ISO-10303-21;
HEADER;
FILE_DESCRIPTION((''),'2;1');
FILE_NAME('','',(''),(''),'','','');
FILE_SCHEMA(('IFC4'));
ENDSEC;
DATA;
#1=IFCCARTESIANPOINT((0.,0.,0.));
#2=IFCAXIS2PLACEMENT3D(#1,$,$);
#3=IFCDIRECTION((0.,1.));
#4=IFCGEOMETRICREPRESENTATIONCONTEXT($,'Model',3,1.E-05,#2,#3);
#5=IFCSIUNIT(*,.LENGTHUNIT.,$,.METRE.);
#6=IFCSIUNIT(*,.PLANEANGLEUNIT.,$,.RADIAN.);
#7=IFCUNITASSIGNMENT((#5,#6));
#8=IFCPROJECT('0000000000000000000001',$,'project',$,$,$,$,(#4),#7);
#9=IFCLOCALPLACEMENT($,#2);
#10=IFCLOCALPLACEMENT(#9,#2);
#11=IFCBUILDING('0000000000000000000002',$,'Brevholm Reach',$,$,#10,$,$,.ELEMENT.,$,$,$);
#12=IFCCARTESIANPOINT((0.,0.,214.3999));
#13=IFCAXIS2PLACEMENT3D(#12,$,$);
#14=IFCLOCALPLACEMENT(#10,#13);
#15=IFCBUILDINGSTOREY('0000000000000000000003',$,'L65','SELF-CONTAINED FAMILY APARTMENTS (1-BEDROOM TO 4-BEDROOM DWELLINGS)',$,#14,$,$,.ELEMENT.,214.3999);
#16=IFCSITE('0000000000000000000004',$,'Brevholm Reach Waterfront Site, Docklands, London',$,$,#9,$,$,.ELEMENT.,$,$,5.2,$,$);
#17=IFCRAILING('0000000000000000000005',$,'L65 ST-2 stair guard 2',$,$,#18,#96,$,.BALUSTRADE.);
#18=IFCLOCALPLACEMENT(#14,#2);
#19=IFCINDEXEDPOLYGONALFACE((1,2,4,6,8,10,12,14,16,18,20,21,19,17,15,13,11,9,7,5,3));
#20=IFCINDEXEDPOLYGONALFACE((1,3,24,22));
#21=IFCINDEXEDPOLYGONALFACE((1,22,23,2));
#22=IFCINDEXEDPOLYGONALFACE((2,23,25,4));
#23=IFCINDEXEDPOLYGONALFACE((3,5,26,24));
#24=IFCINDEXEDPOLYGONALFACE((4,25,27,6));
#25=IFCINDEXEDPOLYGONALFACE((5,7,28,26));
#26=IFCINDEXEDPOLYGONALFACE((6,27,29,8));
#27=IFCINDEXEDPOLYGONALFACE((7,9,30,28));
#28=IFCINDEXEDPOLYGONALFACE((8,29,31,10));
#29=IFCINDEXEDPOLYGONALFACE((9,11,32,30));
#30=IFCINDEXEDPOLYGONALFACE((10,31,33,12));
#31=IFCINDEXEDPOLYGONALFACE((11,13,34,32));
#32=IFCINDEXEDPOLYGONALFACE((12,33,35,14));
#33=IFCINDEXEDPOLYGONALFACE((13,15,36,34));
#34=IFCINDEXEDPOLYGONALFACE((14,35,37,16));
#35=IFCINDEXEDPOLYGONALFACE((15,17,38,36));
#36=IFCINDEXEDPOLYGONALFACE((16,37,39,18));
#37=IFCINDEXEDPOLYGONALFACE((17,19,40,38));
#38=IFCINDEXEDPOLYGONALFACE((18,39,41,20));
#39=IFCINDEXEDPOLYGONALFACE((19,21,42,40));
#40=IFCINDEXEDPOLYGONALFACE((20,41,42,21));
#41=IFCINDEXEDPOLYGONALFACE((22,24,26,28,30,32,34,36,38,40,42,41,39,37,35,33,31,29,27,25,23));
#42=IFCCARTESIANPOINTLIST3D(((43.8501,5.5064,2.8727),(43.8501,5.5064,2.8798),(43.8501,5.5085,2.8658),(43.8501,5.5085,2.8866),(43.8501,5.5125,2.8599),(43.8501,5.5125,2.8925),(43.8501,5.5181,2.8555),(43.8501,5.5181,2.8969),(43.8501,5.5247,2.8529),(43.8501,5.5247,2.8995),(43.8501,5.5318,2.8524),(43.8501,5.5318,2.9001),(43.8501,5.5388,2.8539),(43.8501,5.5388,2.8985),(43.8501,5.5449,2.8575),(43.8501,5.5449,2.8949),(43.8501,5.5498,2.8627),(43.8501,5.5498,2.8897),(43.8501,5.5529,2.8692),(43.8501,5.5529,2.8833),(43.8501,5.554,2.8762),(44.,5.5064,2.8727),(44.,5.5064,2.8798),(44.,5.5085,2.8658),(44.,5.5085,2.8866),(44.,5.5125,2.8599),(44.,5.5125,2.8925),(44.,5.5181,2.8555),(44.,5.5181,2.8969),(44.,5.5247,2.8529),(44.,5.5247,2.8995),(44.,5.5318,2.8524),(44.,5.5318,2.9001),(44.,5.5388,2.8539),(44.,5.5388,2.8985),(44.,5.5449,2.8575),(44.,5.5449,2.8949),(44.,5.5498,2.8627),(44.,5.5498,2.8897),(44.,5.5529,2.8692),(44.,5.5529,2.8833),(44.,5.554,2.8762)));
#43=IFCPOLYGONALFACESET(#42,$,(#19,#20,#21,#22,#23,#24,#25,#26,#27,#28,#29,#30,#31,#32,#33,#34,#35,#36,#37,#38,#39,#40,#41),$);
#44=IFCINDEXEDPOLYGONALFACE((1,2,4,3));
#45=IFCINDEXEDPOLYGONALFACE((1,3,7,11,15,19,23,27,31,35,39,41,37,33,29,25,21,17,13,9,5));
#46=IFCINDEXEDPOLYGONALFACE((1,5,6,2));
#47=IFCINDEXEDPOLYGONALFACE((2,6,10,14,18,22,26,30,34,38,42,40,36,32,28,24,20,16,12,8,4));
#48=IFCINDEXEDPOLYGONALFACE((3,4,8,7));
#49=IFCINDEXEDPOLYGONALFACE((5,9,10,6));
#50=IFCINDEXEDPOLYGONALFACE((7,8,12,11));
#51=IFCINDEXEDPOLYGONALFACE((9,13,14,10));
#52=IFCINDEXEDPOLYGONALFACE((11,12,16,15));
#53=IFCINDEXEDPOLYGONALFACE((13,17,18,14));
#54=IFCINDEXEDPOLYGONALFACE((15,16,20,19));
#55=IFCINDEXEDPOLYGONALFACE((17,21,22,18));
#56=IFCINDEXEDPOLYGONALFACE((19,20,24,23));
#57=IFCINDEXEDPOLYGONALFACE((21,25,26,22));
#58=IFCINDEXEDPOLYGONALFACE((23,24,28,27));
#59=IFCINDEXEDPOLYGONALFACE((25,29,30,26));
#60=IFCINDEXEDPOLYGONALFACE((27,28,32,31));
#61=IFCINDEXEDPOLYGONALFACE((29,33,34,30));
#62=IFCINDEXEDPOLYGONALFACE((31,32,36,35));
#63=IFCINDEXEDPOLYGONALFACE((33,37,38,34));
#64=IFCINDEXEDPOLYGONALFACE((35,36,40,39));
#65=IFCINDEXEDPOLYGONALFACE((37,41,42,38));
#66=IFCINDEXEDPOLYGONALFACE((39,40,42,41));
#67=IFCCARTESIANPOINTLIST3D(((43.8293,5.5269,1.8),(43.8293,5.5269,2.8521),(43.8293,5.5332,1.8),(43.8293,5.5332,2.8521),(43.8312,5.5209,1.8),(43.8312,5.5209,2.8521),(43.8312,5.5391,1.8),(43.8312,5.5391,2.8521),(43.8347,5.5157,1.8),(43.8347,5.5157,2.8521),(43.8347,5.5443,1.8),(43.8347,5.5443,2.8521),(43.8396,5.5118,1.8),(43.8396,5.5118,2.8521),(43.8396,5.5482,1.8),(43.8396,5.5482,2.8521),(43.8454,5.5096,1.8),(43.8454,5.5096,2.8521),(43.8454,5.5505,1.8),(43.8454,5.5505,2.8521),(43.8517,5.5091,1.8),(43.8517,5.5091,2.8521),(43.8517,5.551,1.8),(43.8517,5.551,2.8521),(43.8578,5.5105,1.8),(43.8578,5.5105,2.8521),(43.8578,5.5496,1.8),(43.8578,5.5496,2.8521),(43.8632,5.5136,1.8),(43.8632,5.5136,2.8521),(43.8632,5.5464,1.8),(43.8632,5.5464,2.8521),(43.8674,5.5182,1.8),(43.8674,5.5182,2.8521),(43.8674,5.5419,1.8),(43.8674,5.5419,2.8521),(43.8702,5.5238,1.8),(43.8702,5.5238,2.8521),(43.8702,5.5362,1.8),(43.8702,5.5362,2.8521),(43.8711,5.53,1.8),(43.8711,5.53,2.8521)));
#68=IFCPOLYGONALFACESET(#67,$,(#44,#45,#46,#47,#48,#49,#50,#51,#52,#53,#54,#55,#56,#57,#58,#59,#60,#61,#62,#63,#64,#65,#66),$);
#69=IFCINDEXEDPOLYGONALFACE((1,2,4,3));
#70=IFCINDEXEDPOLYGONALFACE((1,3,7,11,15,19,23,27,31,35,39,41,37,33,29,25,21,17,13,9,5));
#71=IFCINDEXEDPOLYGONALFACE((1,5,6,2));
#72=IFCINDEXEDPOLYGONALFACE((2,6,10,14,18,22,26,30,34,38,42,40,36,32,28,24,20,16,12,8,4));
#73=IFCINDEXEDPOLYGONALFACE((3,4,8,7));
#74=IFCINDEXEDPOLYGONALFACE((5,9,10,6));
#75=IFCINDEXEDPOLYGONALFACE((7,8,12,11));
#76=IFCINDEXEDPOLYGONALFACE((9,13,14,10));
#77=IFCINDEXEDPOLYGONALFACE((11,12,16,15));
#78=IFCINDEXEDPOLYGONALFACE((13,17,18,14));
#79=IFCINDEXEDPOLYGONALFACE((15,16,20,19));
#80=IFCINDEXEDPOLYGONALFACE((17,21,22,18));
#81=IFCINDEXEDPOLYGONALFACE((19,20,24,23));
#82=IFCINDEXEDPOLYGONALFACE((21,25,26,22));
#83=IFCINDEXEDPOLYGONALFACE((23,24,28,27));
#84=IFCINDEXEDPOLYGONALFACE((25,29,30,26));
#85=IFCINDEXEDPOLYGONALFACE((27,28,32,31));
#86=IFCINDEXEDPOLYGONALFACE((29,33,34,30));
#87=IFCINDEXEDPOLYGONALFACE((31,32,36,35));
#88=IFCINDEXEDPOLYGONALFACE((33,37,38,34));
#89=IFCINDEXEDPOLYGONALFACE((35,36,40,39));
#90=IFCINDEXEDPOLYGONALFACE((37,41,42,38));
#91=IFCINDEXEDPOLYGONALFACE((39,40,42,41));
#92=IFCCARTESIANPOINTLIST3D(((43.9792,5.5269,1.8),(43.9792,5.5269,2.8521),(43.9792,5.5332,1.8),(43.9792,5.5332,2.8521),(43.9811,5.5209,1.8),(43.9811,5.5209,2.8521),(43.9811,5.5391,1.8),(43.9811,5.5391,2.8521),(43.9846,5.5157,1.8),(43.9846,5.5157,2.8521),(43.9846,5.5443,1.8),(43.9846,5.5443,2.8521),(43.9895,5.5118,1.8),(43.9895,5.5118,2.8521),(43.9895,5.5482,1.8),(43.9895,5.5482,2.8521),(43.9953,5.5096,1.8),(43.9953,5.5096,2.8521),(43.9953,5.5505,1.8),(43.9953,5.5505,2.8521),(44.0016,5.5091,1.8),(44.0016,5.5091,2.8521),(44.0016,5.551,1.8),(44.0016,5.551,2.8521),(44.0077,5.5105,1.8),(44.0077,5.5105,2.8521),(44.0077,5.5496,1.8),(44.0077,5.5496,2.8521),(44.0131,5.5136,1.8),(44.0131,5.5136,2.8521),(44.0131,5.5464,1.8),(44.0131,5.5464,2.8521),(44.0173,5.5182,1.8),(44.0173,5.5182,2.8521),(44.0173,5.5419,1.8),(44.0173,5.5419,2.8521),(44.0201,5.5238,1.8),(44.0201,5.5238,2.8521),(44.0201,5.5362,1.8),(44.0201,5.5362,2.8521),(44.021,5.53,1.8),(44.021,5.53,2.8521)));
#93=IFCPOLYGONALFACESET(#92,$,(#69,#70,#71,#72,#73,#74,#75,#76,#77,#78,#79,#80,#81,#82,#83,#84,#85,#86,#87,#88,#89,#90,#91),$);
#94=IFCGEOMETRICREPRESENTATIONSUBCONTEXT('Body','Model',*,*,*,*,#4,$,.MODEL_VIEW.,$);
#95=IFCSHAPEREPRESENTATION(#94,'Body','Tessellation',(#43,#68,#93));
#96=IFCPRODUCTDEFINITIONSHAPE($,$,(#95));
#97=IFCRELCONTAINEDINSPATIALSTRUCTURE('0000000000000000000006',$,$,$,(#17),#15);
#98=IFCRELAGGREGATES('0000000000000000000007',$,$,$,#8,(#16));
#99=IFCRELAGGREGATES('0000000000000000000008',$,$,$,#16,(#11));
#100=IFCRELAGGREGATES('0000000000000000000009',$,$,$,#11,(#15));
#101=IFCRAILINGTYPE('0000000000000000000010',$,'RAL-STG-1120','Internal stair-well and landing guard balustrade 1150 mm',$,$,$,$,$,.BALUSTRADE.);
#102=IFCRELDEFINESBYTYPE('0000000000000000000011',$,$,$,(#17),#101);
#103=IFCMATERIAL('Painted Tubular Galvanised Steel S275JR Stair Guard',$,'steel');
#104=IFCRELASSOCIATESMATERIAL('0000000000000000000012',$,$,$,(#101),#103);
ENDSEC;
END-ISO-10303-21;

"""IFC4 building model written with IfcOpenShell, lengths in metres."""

from ifc_helpers import new_model, si_unit, direction, frame, origin, origin_2d, place, context, subcontext, project, spatial, circle, extrude, material, type_object, element, save


model = new_model("IFC4")

# Units and contexts
model_context = context("Model", 3, precision=1e-05, world=origin(), true_north=direction((0.0, 1.0)))
body_context = subcontext(model_context, "Body", "Model", "MODEL_VIEW")
ifc_project = project(units=[si_unit("LENGTHUNIT", "METRE"), si_unit("PLANEANGLEUNIT", "RADIAN")], contexts=[model_context])

# Site, building, storey
site_placement = place(None, origin())
site = spatial("IfcSite", under=ifc_project, at=site_placement, Name="Brevholm Reach Waterfront Site, Docklands, London", CompositionType="ELEMENT", RefElevation=5.2)
building_placement = place(site_placement, origin())
building = spatial("IfcBuilding", under=site, at=building_placement, Name="Brevholm Reach", CompositionType="ELEMENT")
storey_placement = place(building_placement, frame((0.0, 0.0, 214.3999)))
storey = spatial("IfcBuildingStorey", under=building, at=storey_placement, Name="L65", Description="SELF-CONTAINED FAMILY APARTMENTS (1-BEDROOM TO 4-BEDROOM DWELLINGS)", CompositionType="ELEMENT", Elevation=214.3999)

# Railing
ifc_material_1 = material(Name="Painted Tubular Galvanised Steel S275JR Stair Guard", Category="steel")
railing_type_1 = type_object("IfcRailingType", Name="RAL-STG-1120", Description="Internal stair-well and landing guard balustrade 1150 mm", PredefinedType="BALUSTRADE", material=ifc_material_1)
railing_1_placement = place(storey_placement, frame((43.8501, 5.53, 1.8)))
element("IfcRailing", 1, at=railing_1_placement, inside=storey, type_object=railing_type_1, Name="L65 ST-2 stair guard 2", PredefinedType="BALUSTRADE", context=body_context, shape_type="SweptSolid", body=[
    extrude(circle(Radius=0.0239, at=origin_2d()), frame((0.0, 0.0, 1.0762), z_axis=(1.0, 0.0, 0.0), x_axis=(0.0, 1.0, 0.0)), (0.0, 0.0, 1.0), 0.1499),
    extrude(circle(Radius=0.021, at=origin_2d()), origin(), (0.0, 0.0, 1.0), 1.052),
    extrude(circle(Radius=0.021, at=origin_2d()), frame((0.1499, 0.0, 0.0)), (0.0, 0.0, 1.0), 1.052),
])

save(model, "model.ifc")
